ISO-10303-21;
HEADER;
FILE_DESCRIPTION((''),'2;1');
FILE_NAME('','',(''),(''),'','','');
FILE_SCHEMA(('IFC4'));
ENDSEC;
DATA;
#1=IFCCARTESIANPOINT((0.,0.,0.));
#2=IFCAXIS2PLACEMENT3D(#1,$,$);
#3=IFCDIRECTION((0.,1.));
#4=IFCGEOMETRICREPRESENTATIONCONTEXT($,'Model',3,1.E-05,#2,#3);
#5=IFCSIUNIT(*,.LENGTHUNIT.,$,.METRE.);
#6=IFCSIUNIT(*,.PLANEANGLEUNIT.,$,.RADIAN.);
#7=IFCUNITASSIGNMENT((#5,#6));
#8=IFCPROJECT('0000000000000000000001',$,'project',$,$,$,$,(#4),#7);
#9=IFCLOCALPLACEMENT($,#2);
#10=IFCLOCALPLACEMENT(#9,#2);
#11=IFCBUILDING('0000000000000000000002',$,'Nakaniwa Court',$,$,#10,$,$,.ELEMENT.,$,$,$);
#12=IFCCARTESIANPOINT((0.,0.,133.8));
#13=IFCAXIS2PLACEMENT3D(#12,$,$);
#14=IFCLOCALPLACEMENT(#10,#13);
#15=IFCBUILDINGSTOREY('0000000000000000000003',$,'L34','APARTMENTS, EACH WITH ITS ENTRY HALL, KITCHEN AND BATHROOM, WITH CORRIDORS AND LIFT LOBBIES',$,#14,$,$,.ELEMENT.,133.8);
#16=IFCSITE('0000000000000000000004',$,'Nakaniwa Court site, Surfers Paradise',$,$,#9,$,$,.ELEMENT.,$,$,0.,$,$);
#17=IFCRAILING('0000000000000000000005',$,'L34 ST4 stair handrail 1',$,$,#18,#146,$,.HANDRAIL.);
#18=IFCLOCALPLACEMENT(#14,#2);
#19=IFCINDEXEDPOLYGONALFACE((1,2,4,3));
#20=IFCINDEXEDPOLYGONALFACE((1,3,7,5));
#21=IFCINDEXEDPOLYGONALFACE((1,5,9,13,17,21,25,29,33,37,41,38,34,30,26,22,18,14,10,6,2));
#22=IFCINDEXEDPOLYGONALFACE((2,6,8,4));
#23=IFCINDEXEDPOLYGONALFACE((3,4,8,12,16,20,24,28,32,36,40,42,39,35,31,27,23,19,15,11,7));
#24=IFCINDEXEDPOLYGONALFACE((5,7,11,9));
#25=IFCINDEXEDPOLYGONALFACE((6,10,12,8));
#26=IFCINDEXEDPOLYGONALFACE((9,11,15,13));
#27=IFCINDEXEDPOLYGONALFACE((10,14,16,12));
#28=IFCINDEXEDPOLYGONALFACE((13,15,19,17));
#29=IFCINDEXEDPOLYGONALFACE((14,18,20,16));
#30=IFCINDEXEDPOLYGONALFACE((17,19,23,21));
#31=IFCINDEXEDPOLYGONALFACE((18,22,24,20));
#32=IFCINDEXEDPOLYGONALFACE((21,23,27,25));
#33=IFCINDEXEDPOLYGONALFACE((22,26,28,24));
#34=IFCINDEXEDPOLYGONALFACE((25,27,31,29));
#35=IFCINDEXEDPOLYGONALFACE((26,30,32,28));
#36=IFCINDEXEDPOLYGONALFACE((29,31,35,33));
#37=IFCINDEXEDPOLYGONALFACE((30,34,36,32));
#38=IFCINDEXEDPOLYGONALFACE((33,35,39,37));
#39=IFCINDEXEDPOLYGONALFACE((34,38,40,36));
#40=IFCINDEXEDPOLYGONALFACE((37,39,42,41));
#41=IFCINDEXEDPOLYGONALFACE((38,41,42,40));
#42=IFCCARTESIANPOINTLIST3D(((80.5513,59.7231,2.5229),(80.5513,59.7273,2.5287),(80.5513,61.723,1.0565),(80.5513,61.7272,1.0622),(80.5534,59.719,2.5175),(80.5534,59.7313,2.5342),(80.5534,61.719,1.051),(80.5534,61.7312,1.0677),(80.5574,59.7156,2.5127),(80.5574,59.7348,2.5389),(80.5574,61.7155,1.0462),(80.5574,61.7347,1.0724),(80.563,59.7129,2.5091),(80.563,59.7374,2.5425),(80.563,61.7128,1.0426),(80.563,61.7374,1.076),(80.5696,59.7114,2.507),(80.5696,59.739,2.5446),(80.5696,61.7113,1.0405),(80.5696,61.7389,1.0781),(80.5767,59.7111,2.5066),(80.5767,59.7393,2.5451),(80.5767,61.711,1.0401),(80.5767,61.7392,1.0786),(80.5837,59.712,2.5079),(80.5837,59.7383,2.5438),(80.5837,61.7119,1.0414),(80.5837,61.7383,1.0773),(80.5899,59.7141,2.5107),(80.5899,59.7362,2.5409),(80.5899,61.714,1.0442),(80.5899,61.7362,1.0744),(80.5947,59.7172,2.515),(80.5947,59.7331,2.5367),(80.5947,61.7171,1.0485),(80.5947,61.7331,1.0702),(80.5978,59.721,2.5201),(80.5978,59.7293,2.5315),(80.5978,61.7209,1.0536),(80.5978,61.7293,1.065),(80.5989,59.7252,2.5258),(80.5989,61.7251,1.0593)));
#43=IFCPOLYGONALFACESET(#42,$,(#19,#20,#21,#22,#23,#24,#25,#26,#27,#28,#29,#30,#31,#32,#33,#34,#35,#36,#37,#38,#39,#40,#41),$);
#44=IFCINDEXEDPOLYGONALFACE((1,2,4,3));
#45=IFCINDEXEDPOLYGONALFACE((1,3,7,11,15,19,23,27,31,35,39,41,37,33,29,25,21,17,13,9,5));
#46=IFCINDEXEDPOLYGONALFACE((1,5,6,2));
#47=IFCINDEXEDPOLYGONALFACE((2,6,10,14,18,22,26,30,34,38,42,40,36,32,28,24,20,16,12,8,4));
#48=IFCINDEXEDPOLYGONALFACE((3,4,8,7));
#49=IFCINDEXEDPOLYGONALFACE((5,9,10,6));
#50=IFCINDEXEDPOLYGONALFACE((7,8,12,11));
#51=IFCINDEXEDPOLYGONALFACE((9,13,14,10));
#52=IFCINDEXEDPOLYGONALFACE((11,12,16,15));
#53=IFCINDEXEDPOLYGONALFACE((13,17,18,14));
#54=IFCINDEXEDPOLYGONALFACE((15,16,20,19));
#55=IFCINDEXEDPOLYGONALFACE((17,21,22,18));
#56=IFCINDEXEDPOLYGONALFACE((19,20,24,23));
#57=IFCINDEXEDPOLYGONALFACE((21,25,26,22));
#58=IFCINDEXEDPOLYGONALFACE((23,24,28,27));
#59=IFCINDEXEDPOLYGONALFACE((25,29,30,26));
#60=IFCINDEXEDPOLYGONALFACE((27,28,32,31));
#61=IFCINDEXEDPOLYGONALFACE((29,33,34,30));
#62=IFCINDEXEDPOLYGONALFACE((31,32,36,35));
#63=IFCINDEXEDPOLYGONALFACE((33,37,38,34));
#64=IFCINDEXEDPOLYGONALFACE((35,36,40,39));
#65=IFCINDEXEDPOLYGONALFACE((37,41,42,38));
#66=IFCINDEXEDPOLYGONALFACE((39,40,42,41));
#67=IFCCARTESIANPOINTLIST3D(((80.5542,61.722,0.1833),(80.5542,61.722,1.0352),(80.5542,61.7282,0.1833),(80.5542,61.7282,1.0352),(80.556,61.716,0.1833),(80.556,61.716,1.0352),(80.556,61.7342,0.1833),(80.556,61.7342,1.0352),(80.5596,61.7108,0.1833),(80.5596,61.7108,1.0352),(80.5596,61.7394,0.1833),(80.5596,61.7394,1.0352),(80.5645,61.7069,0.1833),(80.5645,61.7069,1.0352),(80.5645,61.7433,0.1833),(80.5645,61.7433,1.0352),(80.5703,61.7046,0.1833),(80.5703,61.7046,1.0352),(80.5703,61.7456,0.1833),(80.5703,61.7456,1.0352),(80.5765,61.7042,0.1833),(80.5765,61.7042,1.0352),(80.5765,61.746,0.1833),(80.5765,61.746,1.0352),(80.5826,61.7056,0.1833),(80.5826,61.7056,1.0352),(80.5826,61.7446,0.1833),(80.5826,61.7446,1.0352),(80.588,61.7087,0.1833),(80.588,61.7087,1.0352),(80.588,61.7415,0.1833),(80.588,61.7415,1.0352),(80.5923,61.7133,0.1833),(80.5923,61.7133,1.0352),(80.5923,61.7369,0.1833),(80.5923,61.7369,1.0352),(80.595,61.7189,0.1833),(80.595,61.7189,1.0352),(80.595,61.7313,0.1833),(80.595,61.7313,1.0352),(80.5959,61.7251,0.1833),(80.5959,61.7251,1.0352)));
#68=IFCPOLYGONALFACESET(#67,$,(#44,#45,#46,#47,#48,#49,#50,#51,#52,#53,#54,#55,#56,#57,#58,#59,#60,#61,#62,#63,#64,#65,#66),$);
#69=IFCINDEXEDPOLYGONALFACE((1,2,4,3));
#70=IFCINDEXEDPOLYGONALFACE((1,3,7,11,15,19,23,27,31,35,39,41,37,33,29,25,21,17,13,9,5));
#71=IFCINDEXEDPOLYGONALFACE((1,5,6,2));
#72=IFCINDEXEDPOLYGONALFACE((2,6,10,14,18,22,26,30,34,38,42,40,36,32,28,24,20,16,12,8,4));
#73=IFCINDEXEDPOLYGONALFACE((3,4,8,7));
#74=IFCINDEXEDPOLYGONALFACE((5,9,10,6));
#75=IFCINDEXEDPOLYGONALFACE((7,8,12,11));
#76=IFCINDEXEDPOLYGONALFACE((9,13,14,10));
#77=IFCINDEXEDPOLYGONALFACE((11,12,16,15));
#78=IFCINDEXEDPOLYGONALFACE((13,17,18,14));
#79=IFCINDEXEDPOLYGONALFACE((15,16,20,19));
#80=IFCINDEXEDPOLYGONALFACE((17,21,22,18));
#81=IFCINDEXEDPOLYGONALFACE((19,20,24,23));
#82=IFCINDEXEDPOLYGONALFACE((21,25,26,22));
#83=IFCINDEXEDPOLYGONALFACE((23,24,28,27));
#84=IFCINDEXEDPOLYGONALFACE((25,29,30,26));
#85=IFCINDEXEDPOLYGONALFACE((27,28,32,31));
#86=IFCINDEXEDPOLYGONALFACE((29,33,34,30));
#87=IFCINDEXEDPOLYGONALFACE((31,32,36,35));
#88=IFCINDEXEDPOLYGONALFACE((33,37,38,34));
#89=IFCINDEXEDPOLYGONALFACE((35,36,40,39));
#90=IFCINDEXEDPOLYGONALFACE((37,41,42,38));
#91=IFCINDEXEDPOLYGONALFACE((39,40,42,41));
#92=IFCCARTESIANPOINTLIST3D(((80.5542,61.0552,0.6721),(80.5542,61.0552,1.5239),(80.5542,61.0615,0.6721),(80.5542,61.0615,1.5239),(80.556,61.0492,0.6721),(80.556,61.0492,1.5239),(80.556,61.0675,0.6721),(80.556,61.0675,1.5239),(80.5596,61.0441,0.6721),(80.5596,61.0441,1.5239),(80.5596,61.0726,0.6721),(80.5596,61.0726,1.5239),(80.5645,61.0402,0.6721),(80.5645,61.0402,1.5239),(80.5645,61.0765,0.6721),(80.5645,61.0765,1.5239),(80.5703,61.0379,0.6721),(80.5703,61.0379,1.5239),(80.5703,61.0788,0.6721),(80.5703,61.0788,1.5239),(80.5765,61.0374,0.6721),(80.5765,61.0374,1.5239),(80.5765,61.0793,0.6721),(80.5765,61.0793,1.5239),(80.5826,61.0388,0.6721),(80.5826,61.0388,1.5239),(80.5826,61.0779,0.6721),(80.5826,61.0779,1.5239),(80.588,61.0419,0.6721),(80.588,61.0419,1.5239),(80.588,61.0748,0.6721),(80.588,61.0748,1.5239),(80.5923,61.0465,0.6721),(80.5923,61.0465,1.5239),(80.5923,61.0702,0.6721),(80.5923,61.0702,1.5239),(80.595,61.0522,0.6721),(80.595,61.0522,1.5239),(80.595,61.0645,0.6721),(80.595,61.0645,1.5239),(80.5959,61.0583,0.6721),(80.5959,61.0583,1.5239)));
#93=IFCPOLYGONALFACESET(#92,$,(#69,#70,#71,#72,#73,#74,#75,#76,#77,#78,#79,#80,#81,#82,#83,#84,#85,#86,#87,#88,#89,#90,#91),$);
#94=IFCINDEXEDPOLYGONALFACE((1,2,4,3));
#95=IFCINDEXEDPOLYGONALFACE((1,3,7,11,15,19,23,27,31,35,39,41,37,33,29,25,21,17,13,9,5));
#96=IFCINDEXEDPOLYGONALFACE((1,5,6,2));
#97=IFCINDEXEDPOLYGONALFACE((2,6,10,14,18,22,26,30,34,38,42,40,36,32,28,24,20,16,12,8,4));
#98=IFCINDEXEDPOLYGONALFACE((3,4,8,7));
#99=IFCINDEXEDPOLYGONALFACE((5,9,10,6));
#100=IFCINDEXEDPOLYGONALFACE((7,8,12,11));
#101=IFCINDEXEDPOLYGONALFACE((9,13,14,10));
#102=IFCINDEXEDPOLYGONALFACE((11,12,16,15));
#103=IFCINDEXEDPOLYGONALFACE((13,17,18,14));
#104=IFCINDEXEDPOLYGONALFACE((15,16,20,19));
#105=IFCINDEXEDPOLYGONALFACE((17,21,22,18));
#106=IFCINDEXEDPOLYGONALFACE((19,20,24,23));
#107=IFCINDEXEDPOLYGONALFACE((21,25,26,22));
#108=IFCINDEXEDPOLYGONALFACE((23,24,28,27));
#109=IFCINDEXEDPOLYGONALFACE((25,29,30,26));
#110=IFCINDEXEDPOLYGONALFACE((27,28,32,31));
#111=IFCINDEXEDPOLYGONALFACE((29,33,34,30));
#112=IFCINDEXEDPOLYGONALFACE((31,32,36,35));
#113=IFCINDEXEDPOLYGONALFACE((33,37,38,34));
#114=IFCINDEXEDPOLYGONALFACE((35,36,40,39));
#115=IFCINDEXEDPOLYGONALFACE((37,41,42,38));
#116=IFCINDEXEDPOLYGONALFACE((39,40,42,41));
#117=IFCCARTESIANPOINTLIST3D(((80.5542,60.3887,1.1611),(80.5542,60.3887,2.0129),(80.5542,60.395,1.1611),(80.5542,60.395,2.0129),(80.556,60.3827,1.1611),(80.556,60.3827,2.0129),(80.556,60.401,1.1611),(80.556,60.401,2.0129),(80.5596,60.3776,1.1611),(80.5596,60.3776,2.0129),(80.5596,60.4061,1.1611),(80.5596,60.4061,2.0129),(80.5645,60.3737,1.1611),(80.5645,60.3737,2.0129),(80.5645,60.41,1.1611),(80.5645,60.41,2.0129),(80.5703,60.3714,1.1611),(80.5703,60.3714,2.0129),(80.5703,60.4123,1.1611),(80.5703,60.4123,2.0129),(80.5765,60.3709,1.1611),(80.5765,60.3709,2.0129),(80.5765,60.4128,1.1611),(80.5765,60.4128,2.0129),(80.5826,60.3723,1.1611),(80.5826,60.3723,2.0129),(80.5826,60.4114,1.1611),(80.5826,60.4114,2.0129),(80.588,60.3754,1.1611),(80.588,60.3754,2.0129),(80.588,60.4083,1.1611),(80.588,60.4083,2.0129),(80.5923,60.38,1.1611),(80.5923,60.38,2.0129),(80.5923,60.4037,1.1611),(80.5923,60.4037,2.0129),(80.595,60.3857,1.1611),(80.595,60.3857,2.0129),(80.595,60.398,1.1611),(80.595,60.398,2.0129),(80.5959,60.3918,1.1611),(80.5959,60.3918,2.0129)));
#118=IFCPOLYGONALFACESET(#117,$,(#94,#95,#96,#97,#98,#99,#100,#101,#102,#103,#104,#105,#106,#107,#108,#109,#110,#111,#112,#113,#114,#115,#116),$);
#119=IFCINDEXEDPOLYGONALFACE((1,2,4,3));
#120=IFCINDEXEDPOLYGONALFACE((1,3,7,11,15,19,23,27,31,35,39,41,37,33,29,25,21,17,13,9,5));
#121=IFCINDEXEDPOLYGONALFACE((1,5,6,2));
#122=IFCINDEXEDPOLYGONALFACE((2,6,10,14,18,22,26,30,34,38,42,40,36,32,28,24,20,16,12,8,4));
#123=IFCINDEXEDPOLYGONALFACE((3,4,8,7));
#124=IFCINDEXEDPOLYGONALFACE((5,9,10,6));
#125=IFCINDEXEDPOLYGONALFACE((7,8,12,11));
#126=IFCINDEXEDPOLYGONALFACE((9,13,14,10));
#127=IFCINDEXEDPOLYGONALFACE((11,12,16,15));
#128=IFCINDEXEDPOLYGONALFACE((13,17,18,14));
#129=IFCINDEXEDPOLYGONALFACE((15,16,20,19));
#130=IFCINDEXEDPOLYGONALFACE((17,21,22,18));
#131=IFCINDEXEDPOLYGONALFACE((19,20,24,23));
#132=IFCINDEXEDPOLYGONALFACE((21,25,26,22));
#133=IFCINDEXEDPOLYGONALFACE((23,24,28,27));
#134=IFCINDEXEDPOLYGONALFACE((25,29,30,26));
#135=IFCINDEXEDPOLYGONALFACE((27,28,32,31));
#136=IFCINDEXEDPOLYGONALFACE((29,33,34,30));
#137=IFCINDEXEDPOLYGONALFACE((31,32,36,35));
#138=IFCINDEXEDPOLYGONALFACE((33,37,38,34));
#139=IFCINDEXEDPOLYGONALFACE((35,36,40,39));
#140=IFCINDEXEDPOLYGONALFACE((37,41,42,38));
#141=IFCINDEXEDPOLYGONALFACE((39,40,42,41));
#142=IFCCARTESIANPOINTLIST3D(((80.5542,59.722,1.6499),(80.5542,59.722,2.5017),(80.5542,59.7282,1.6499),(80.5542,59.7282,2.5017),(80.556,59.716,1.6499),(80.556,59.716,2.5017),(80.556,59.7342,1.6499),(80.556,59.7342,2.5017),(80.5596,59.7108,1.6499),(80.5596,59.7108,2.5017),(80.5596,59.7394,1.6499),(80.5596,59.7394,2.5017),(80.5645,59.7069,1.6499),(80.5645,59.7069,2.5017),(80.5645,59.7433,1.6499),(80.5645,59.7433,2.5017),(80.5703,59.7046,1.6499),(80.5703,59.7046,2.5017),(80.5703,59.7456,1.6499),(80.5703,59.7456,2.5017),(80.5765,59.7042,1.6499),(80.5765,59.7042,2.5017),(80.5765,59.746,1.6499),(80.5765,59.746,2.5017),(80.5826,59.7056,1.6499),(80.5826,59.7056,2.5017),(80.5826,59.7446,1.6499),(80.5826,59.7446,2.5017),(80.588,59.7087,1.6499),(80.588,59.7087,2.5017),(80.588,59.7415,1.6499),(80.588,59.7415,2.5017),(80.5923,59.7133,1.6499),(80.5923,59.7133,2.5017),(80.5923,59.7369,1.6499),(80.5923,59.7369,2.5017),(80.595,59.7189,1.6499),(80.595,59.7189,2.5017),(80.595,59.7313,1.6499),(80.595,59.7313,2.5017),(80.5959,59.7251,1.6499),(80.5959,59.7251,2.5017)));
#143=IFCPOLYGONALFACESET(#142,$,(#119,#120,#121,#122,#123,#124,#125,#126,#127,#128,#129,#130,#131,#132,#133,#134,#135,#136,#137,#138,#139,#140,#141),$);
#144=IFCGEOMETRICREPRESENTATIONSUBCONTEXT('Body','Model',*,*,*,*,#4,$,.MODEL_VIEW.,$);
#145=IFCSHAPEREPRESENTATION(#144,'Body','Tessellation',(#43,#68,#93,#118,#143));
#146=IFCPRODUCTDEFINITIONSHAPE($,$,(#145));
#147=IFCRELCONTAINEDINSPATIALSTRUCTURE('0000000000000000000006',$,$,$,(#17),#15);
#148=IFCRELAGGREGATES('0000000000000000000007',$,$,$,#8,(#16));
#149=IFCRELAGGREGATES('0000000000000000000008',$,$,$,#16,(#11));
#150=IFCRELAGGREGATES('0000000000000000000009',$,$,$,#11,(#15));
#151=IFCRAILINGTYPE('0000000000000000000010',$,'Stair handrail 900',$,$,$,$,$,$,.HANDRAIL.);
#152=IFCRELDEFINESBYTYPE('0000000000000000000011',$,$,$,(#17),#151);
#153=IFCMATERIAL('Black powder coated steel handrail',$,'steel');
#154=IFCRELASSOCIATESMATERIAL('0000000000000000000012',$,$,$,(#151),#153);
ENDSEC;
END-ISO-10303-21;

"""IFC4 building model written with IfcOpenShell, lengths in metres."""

from ifc_helpers import new_model, si_unit, direction, frame, origin, origin_2d, place, context, subcontext, project, spatial, circle, extrude, material, type_object, element, save


model = new_model("IFC4")

# Units and contexts
model_context = context("Model", 3, precision=1e-05, world=origin(), true_north=direction((0.0, 1.0)))
body_context = subcontext(model_context, "Body", "Model", "MODEL_VIEW")
ifc_project = project(units=[si_unit("LENGTHUNIT", "METRE"), si_unit("PLANEANGLEUNIT", "RADIAN")], contexts=[model_context])

# Site, building, storey
site_placement = place(None, origin())
site = spatial("IfcSite", under=ifc_project, at=site_placement, Name="Nakaniwa Court site, Surfers Paradise", CompositionType="ELEMENT", RefElevation=0.0)
building_placement = place(site_placement, origin())
building = spatial("IfcBuilding", under=site, at=building_placement, Name="Nakaniwa Court", CompositionType="ELEMENT")
storey_placement = place(building_placement, frame((0.0, 0.0, 133.8)))
storey = spatial("IfcBuildingStorey", under=building, at=storey_placement, Name="L34", Description="APARTMENTS, EACH WITH ITS ENTRY HALL, KITCHEN AND BATHROOM, WITH CORRIDORS AND LIFT LOBBIES", CompositionType="ELEMENT", Elevation=133.8)

# Railing
ifc_material_1 = material(Name="Black powder coated steel handrail", Category="steel")
railing_type_1 = type_object("IfcRailingType", Name="Stair handrail 900", PredefinedType="HANDRAIL", material=ifc_material_1)
railing_1_placement = place(storey_placement, frame((80.575, 61.7251, 0.1833)))
element("IfcRailing", 1, at=railing_1_placement, inside=storey, type_object=railing_type_1, Name="L34 ST4 stair handrail 1", PredefinedType="HANDRAIL", context=body_context, shape_type="SweptSolid", body=[
    extrude(circle(Radius=0.0239, at=origin_2d()), frame((0.0, 0.0, 0.876), z_axis=(0.0, -0.806427, 0.591334), x_axis=(1.0, 0.0, 0.0)), (0.0, 0.0, 1.0), 2.48),
    extrude(circle(Radius=0.021, at=origin_2d()), origin(), (0.0, 0.0, 1.0), 0.8518),
    extrude(circle(Radius=0.021, at=origin_2d()), frame((0.0, -0.6667, 0.4888)), (0.0, 0.0, 1.0), 0.8518),
    extrude(circle(Radius=0.021, at=origin_2d()), frame((0.0, -1.3333, 0.9778)), (0.0, 0.0, 1.0), 0.8518),
    extrude(circle(Radius=0.021, at=origin_2d()), frame((0.0, -2.0, 1.4666)), (0.0, 0.0, 1.0), 0.8518),
])

save(model, "model.ifc")
